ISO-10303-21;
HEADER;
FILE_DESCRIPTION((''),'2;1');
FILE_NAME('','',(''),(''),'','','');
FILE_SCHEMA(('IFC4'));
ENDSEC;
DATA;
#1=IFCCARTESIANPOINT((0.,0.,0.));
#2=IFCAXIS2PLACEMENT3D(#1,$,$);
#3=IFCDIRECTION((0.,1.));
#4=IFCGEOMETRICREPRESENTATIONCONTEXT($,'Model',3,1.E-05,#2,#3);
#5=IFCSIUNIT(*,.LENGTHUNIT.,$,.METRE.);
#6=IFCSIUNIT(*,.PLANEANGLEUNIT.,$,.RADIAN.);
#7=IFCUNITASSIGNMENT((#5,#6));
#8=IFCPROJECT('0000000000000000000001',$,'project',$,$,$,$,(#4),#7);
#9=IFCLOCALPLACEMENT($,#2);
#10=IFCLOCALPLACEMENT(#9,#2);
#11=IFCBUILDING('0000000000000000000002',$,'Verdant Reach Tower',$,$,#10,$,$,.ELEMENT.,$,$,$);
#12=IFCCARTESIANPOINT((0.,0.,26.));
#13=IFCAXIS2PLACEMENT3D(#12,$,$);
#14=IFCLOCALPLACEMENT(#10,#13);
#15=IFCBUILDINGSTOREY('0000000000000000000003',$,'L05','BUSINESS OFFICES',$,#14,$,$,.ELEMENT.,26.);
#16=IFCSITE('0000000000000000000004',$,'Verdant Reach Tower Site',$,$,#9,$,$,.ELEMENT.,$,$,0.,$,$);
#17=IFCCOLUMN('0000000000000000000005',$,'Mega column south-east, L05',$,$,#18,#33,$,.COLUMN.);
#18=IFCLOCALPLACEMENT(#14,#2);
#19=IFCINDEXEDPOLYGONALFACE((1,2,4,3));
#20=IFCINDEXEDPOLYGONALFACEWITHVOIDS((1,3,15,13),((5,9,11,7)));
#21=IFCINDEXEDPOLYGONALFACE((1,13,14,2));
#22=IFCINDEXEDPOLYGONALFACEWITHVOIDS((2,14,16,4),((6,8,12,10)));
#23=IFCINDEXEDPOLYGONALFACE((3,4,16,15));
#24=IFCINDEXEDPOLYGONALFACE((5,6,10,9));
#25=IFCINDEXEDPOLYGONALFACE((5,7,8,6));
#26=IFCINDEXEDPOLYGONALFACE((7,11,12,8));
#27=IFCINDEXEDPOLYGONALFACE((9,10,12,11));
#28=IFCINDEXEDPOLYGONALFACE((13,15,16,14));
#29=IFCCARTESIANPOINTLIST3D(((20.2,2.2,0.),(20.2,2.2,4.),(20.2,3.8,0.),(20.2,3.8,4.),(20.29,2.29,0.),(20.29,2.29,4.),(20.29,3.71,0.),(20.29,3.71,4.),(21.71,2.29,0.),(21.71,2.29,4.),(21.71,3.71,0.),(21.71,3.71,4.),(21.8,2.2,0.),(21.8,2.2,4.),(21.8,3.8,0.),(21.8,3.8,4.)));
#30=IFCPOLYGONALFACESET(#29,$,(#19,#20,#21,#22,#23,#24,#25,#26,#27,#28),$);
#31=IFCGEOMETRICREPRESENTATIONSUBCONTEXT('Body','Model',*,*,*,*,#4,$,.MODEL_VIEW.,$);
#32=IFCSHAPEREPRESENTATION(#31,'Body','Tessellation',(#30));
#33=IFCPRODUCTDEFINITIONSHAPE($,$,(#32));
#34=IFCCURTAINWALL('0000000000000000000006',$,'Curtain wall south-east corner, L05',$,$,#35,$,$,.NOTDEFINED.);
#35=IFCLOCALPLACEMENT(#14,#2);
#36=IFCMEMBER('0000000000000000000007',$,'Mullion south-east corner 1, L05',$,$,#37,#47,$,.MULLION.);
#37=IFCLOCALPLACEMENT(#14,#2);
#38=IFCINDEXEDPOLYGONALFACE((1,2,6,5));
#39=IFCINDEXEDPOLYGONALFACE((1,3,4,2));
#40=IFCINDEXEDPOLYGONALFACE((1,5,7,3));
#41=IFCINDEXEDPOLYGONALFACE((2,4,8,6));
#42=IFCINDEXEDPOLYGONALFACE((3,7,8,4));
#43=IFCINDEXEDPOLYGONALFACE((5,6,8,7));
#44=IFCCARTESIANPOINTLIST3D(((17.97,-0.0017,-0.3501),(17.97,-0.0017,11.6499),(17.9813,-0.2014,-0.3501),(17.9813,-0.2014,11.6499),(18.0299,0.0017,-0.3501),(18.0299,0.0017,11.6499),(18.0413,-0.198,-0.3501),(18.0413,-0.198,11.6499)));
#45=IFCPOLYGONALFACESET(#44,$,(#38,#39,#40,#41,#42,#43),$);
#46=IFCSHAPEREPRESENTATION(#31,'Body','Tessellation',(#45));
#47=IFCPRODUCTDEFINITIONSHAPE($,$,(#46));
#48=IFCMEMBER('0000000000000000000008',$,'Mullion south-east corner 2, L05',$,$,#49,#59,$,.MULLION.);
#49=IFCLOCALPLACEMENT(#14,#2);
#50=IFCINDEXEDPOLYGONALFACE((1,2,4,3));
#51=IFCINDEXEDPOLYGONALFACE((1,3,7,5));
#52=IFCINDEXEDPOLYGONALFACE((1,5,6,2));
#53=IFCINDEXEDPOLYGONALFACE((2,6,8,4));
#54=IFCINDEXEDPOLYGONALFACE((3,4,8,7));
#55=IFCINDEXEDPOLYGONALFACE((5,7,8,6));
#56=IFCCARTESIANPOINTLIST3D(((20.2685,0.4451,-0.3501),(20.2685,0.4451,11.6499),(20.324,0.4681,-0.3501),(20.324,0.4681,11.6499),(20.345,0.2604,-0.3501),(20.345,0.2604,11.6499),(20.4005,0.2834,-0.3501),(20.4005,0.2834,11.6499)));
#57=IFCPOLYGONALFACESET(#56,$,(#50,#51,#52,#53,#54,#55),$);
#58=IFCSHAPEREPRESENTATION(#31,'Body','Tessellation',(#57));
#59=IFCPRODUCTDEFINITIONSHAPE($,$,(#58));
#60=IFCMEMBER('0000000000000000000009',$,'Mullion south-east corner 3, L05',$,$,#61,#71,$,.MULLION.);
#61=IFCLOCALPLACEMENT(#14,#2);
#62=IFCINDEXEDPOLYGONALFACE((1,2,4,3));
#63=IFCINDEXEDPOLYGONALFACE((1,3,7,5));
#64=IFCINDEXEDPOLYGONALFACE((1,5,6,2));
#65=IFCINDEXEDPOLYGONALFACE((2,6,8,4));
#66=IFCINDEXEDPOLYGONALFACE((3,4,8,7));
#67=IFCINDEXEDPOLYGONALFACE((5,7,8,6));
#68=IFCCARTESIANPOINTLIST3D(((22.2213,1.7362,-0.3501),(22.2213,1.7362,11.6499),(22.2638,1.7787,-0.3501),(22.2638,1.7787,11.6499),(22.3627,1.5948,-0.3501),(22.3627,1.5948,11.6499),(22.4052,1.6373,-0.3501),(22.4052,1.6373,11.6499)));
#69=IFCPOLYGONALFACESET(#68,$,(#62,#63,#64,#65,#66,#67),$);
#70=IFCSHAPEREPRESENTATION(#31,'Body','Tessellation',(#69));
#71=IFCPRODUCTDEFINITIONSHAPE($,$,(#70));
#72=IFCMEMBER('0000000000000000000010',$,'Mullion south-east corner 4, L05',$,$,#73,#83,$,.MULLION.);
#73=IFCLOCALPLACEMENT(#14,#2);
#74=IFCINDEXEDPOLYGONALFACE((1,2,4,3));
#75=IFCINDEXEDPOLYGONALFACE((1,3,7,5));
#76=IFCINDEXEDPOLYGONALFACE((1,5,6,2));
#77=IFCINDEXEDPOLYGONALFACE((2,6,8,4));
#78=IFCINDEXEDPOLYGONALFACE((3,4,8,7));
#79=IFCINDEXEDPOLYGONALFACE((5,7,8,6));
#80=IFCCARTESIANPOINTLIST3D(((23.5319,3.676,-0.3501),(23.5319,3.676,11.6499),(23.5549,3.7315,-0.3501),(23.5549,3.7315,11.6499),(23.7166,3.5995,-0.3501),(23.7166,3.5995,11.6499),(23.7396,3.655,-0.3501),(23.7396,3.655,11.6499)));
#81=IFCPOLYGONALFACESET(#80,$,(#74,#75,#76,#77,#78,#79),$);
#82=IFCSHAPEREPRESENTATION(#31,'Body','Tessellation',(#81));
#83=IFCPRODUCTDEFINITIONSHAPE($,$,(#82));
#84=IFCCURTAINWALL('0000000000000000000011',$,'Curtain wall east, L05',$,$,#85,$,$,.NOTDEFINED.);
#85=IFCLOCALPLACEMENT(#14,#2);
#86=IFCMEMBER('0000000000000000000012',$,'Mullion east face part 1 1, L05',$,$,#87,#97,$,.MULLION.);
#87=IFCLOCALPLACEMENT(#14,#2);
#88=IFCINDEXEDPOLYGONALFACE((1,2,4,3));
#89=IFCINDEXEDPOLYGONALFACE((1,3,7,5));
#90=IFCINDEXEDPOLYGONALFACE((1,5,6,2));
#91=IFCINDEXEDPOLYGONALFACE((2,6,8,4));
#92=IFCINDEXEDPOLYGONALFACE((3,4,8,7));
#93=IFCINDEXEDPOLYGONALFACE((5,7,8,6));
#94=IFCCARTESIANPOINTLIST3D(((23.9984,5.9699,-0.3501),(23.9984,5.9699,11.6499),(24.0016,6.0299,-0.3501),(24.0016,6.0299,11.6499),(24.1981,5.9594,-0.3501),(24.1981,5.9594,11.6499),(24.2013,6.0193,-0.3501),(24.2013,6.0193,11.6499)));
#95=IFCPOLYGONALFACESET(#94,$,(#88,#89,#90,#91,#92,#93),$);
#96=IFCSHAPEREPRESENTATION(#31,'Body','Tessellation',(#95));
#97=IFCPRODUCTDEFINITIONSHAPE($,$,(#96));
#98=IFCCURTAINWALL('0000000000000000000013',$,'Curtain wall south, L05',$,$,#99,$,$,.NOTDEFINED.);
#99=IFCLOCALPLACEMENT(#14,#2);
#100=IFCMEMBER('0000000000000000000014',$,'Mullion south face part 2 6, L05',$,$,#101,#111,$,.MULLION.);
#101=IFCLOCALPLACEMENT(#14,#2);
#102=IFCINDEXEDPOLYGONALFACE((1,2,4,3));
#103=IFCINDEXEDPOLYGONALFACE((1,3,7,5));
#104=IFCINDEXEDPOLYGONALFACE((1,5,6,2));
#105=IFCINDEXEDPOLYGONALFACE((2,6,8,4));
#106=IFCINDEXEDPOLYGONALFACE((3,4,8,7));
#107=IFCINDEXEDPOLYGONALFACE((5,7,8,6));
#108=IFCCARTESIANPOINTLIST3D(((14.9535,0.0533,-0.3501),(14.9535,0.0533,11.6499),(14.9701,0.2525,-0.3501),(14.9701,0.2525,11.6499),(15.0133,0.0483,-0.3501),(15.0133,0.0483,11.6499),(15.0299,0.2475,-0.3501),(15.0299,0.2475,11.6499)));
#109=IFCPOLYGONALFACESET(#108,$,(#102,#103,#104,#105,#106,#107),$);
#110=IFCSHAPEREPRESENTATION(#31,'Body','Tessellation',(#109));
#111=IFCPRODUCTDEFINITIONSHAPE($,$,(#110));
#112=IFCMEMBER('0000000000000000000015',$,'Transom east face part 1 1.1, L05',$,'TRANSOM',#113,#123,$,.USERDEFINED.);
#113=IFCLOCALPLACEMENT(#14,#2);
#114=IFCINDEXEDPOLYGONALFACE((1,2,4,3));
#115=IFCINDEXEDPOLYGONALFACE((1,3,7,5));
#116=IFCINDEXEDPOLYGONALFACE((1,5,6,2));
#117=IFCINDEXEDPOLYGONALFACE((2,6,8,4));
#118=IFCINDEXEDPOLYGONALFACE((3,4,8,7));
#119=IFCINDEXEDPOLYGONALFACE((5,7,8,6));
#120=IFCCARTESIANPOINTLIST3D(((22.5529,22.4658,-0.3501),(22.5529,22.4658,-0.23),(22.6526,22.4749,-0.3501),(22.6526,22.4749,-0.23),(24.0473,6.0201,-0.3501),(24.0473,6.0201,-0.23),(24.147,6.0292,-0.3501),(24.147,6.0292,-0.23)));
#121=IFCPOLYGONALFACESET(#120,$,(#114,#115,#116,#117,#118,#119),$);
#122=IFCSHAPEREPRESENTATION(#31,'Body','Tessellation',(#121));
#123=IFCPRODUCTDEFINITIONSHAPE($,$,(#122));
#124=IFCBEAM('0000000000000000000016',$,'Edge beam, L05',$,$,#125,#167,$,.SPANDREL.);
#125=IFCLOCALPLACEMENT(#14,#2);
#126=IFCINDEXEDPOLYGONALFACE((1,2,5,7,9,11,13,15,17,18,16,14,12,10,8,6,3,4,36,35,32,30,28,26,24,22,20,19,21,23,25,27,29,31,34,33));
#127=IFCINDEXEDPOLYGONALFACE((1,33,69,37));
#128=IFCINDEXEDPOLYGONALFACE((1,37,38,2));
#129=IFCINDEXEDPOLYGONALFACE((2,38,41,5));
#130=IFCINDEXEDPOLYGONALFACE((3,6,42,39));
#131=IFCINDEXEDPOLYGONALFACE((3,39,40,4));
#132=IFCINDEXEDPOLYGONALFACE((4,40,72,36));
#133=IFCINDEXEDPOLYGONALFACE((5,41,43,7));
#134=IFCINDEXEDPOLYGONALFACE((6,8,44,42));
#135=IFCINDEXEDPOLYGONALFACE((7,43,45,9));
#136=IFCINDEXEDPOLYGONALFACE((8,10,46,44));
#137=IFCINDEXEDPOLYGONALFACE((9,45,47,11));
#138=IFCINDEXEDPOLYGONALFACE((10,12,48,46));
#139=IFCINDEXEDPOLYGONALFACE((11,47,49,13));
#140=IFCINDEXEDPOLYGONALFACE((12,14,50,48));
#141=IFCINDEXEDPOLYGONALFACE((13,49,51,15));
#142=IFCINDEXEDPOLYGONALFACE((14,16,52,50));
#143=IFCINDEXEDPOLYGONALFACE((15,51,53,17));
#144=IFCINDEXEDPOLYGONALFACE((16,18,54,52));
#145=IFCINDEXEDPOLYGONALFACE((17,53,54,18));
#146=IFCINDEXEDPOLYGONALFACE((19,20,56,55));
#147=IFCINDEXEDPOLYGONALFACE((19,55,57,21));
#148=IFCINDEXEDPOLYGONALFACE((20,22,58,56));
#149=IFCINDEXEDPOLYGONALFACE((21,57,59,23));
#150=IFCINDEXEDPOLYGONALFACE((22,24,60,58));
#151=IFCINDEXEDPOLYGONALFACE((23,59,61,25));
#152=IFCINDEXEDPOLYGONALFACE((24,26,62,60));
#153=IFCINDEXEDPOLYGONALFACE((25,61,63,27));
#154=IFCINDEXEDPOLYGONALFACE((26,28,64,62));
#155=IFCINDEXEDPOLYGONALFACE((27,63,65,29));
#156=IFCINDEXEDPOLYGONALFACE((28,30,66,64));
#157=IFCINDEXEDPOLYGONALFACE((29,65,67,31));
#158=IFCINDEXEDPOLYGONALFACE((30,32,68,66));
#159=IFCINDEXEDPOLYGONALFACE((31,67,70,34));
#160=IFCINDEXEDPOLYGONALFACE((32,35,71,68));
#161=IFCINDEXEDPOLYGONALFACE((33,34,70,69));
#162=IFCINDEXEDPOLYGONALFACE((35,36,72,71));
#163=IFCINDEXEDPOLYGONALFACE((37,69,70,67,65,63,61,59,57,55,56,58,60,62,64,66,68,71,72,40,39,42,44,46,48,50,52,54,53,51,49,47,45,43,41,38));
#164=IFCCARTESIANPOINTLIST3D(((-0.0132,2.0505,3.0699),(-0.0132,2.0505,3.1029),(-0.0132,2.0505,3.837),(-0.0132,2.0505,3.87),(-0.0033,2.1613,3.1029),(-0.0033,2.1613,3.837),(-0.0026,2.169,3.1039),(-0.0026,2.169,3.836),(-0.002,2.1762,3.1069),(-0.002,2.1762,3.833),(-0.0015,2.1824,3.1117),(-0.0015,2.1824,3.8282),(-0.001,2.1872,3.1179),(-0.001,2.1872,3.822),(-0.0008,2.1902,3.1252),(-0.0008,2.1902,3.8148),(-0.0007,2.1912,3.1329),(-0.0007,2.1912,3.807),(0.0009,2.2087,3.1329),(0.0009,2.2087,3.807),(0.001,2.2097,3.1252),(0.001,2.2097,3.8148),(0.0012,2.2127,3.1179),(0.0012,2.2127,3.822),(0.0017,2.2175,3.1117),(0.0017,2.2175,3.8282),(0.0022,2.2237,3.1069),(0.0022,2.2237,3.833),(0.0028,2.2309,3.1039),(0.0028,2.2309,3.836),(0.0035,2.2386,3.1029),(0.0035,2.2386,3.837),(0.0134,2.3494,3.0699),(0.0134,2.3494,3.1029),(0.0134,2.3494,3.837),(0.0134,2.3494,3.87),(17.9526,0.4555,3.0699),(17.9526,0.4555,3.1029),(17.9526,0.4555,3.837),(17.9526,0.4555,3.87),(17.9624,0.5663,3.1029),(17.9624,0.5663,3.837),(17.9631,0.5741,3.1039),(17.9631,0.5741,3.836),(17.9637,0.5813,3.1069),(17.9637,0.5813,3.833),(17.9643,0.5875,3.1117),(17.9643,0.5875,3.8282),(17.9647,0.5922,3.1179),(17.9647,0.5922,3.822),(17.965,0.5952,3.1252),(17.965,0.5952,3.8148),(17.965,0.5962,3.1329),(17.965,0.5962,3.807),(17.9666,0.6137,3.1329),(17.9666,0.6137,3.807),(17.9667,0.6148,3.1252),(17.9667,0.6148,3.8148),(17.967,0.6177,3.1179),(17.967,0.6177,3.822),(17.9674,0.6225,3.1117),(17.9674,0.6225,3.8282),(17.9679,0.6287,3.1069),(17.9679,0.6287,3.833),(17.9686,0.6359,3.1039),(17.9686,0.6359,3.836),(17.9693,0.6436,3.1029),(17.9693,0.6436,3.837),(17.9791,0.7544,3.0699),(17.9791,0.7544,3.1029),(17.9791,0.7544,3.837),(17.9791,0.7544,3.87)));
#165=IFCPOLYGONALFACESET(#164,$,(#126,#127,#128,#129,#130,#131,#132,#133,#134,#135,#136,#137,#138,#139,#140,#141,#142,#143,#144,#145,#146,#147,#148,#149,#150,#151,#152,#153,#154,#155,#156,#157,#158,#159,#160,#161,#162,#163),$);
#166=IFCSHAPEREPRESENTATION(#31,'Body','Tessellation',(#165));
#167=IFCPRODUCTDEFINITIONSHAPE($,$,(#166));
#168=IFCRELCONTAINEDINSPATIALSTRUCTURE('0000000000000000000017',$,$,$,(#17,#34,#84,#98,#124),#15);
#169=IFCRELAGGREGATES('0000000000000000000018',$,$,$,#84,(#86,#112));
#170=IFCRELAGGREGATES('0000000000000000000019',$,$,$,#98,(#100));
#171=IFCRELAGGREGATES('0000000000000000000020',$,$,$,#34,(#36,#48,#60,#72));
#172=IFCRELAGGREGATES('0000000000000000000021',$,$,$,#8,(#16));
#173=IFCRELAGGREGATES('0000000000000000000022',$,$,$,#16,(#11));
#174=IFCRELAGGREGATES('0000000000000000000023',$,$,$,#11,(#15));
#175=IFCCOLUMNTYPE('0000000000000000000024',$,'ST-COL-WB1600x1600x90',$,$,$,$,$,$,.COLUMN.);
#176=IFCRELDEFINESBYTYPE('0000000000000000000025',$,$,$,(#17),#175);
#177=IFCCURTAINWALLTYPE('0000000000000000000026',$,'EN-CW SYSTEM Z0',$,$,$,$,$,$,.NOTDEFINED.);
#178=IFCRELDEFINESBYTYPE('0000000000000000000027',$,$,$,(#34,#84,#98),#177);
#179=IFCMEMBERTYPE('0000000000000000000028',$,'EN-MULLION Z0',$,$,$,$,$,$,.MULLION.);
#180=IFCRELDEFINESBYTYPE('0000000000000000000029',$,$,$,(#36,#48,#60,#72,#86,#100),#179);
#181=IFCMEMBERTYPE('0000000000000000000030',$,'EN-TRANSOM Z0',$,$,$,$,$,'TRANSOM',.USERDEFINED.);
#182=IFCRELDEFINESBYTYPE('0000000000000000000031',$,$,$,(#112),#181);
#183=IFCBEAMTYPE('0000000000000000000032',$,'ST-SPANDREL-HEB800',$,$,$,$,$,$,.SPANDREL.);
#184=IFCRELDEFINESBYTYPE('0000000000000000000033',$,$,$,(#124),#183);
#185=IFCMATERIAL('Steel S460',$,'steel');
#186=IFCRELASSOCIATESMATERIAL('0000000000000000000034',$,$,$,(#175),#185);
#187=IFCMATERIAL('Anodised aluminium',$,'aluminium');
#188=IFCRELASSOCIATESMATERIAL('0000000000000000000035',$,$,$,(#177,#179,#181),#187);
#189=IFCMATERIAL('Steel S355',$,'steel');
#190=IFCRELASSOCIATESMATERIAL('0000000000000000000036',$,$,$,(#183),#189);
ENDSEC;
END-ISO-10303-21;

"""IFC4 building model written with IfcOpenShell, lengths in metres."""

from ifc_helpers import new_model, si_unit, direction, frame, origin, origin_2d, place, context, subcontext, project, spatial, rectangle, hollow_rectangle, i_section, extrude, material, material_profile, profile_set, type_object, element, aggregate, save


model = new_model("IFC4")

# Units and contexts
model_context = context("Model", 3, precision=1e-05, world=origin(), true_north=direction((0.0, 1.0)))
body_context = subcontext(model_context, "Body", "Model", "MODEL_VIEW")
ifc_project = project(units=[si_unit("LENGTHUNIT", "METRE"), si_unit("PLANEANGLEUNIT", "RADIAN")], contexts=[model_context])

# Site, building, storey
site_placement = place(None, origin())
site = spatial("IfcSite", under=ifc_project, at=site_placement, Name="Verdant Reach Tower Site", CompositionType="ELEMENT", RefElevation=0.0)
building_placement = place(site_placement, origin())
building = spatial("IfcBuilding", under=site, at=building_placement, Name="Verdant Reach Tower", CompositionType="ELEMENT")
storey_placement = place(building_placement, frame((0.0, 0.0, 26.0)))
storey = spatial("IfcBuildingStorey", under=building, at=storey_placement, Name="L05", Description="BUSINESS OFFICES", CompositionType="ELEMENT", Elevation=26.0)

# Column
ifc_material_1 = material(Name="Steel S460", Category="steel")
ifc_material_profile_1 = material_profile(ifc_material_1, hollow_rectangle(XDim=1.6001, YDim=1.6001, WallThickness=0.0901, at=origin_2d()), Name="WB 1600x1600x90")
ifc_profile_set_1 = profile_set([ifc_material_profile_1], Name="Steel S460")
column_type = type_object("IfcColumnType", Name="ST-COL-WB1600x1600x90", PredefinedType="COLUMN", material=ifc_profile_set_1)
column_placement = place(storey_placement, frame((21.0, 3.0, 0.0), z_axis=(0.0, 0.0, 1.0), x_axis=(1.0, 0.0, 0.0)))
element("IfcColumn", 1, at=column_placement, inside=storey, type_object=column_type, Name="Mega column south-east, L05", PredefinedType="COLUMN", context=body_context, shape_type="SweptSolid", body=[
    extrude(hollow_rectangle(XDim=1.6001, YDim=1.6001, WallThickness=0.0901, at=origin_2d()), origin(), (0.0, 0.0, 1.0), 4.0),
])

# Curtain wall, members
ifc_material_2 = material(Name="Anodised aluminium", Category="aluminium")
curtain_wall_type = type_object("IfcCurtainWallType", Name="EN-CW SYSTEM Z0", PredefinedType="NOTDEFINED", material=ifc_material_2)
curtain_wall_1_placement = place(storey_placement, origin())
curtain_wall_1 = element("IfcCurtainWall", 2, at=curtain_wall_1_placement, inside=storey, type_object=curtain_wall_type, Name="Curtain wall south-east corner, L05", PredefinedType="NOTDEFINED")
ifc_material_profile_2 = material_profile(ifc_material_2, rectangle(XDim=0.2, YDim=0.0601, at=origin_2d()), Name="Mullion 60x200")
ifc_profile_set_2 = profile_set([ifc_material_profile_2], Name="Anodised aluminium")
member_type_1 = type_object("IfcMemberType", Name="EN-MULLION Z0", PredefinedType="MULLION", material=ifc_profile_set_2)
member_1_placement = place(storey_placement, frame((18.0056, -0.0999, -0.3501), z_axis=(0.0, 0.0, 1.0), x_axis=(0.056569, -0.998399, 0.0)))
member_1 = element("IfcMember", 3, at=member_1_placement, type_object=member_type_1, Name="Mullion south-east corner 1, L05", PredefinedType="MULLION", context=body_context, shape_type="SweptSolid", body=[
    extrude(rectangle(XDim=0.2, YDim=0.0601, at=origin_2d()), origin(), (0.0, 0.0, 1.0), 12.0),
])
member_2_placement = place(storey_placement, frame((20.3345, 0.3643, -0.3501), z_axis=(0.0, 0.0, 1.0), x_axis=(0.382694, -0.923875, 0.0)))
member_2 = element("IfcMember", 4, at=member_2_placement, type_object=member_type_1, Name="Mullion south-east corner 2, L05", PredefinedType="MULLION", context=body_context, shape_type="SweptSolid", body=[
    extrude(rectangle(XDim=0.2, YDim=0.0601, at=origin_2d()), origin(), (0.0, 0.0, 1.0), 12.0),
])
member_3_placement = place(storey_placement, frame((22.3132, 1.6868, -0.3501), z_axis=(0.0, 0.0, 1.0), x_axis=(0.707107, -0.707107, 0.0)))
member_3 = element("IfcMember", 5, at=member_3_placement, type_object=member_type_1, Name="Mullion south-east corner 3, L05", PredefinedType="MULLION", context=body_context, shape_type="SweptSolid", body=[
    extrude(rectangle(XDim=0.2, YDim=0.0601, at=origin_2d()), origin(), (0.0, 0.0, 1.0), 12.0),
])
member_4_placement = place(storey_placement, frame((23.6357, 3.6655, -0.3501), z_axis=(0.0, 0.0, 1.0), x_axis=(0.923875, -0.382694, 0.0)))
member_4 = element("IfcMember", 6, at=member_4_placement, type_object=member_type_1, Name="Mullion south-east corner 4, L05", PredefinedType="MULLION", context=body_context, shape_type="SweptSolid", body=[
    extrude(rectangle(XDim=0.2, YDim=0.0601, at=origin_2d()), origin(), (0.0, 0.0, 1.0), 12.0),
])

# Curtain walls, members
curtain_wall_2_placement = place(storey_placement, origin())
curtain_wall_2 = element("IfcCurtainWall", 7, at=curtain_wall_2_placement, inside=storey, type_object=curtain_wall_type, Name="Curtain wall east, L05", PredefinedType="NOTDEFINED")
member_5_placement = place(storey_placement, frame((24.0999, 5.9946, -0.3501), z_axis=(0.0, 0.0, 1.0), x_axis=(0.998604, -0.052815, 0.0)))
member_5 = element("IfcMember", 8, at=member_5_placement, type_object=member_type_1, Name="Mullion east face part 1 1, L05", PredefinedType="MULLION", context=body_context, shape_type="SweptSolid", body=[
    extrude(rectangle(XDim=0.2, YDim=0.0601, at=origin_2d()), origin(), (0.0, 0.0, 1.0), 12.0),
])
curtain_wall_3_placement = place(storey_placement, origin())
curtain_wall_3 = element("IfcCurtainWall", 9, at=curtain_wall_3_placement, inside=storey, type_object=curtain_wall_type, Name="Curtain wall south, L05", PredefinedType="NOTDEFINED")
member_6_placement = place(storey_placement, frame((14.9917, 0.1504, -0.3501), z_axis=(0.0, 0.0, 1.0), x_axis=(-0.083045, -0.996546, 0.0)))
member_6 = element("IfcMember", 10, at=member_6_placement, type_object=member_type_1, Name="Mullion south face part 2 6, L05", PredefinedType="MULLION", context=body_context, shape_type="SweptSolid", body=[
    extrude(rectangle(XDim=0.2, YDim=0.0601, at=origin_2d()), origin(), (0.0, 0.0, 1.0), 12.0),
])

# Member
ifc_material_profile_3 = material_profile(ifc_material_2, rectangle(XDim=0.1001, YDim=0.1201, at=origin_2d()), Name="Transom 120x100")
ifc_profile_set_3 = profile_set([ifc_material_profile_3], Name="Anodised aluminium")
member_type_2 = type_object("IfcMemberType", Name="EN-TRANSOM Z0", ElementType="TRANSOM", PredefinedType="USERDEFINED", material=ifc_profile_set_3)
member_7_placement = place(storey_placement, frame((24.0972, 6.0247, -0.29), z_axis=(-0.090496, 0.995897, 0.0), x_axis=(-0.995897, -0.090496, 0.0)))
member_7 = element("IfcMember", 11, at=member_7_placement, type_object=member_type_2, Name="Transom east face part 1 1.1, L05", ObjectType="TRANSOM", PredefinedType="USERDEFINED", context=body_context, shape_type="SweptSolid", body=[
    extrude(rectangle(XDim=0.1001, YDim=0.1201, at=origin_2d()), origin(), (0.0, 0.0, 1.0), 16.5134),
])
aggregate(curtain_wall_2, [member_5, member_7])

# Beam
ifc_material_3 = material(Name="Steel S355", Category="steel")
ifc_material_profile_4 = material_profile(ifc_material_3, i_section(OverallWidth=0.3, OverallDepth=0.8, WebThickness=0.0176, FlangeThickness=0.033, FilletRadius=0.03, at=origin_2d()), Name="HEB 800")
ifc_profile_set_4 = profile_set([ifc_material_profile_4], Name="Steel S355")
beam_type_1 = type_object("IfcBeamType", Name="ST-SPANDREL-HEB800", PredefinedType="SPANDREL", material=ifc_profile_set_4)
beam_1_placement = place(storey_placement, frame((17.9658, 0.605, 3.47), z_axis=(-0.996082, 0.08843, 0.0), x_axis=(-0.08843, -0.996082, 0.0)))
element("IfcBeam", 12, at=beam_1_placement, inside=storey, type_object=beam_type_1, Name="Edge beam, L05", PredefinedType="SPANDREL", context=body_context, shape_type="SweptSolid", body=[
    extrude(i_section(OverallWidth=0.3, OverallDepth=0.8, WebThickness=0.0176, FlangeThickness=0.033, FilletRadius=0.03, at=origin_2d()), origin(), (0.0, 0.0, 1.0), 18.0364),
])

aggregate(curtain_wall_3, [member_6])
aggregate(curtain_wall_1, [member_1, member_2, member_3, member_4])

save(model, "model.ifc")
